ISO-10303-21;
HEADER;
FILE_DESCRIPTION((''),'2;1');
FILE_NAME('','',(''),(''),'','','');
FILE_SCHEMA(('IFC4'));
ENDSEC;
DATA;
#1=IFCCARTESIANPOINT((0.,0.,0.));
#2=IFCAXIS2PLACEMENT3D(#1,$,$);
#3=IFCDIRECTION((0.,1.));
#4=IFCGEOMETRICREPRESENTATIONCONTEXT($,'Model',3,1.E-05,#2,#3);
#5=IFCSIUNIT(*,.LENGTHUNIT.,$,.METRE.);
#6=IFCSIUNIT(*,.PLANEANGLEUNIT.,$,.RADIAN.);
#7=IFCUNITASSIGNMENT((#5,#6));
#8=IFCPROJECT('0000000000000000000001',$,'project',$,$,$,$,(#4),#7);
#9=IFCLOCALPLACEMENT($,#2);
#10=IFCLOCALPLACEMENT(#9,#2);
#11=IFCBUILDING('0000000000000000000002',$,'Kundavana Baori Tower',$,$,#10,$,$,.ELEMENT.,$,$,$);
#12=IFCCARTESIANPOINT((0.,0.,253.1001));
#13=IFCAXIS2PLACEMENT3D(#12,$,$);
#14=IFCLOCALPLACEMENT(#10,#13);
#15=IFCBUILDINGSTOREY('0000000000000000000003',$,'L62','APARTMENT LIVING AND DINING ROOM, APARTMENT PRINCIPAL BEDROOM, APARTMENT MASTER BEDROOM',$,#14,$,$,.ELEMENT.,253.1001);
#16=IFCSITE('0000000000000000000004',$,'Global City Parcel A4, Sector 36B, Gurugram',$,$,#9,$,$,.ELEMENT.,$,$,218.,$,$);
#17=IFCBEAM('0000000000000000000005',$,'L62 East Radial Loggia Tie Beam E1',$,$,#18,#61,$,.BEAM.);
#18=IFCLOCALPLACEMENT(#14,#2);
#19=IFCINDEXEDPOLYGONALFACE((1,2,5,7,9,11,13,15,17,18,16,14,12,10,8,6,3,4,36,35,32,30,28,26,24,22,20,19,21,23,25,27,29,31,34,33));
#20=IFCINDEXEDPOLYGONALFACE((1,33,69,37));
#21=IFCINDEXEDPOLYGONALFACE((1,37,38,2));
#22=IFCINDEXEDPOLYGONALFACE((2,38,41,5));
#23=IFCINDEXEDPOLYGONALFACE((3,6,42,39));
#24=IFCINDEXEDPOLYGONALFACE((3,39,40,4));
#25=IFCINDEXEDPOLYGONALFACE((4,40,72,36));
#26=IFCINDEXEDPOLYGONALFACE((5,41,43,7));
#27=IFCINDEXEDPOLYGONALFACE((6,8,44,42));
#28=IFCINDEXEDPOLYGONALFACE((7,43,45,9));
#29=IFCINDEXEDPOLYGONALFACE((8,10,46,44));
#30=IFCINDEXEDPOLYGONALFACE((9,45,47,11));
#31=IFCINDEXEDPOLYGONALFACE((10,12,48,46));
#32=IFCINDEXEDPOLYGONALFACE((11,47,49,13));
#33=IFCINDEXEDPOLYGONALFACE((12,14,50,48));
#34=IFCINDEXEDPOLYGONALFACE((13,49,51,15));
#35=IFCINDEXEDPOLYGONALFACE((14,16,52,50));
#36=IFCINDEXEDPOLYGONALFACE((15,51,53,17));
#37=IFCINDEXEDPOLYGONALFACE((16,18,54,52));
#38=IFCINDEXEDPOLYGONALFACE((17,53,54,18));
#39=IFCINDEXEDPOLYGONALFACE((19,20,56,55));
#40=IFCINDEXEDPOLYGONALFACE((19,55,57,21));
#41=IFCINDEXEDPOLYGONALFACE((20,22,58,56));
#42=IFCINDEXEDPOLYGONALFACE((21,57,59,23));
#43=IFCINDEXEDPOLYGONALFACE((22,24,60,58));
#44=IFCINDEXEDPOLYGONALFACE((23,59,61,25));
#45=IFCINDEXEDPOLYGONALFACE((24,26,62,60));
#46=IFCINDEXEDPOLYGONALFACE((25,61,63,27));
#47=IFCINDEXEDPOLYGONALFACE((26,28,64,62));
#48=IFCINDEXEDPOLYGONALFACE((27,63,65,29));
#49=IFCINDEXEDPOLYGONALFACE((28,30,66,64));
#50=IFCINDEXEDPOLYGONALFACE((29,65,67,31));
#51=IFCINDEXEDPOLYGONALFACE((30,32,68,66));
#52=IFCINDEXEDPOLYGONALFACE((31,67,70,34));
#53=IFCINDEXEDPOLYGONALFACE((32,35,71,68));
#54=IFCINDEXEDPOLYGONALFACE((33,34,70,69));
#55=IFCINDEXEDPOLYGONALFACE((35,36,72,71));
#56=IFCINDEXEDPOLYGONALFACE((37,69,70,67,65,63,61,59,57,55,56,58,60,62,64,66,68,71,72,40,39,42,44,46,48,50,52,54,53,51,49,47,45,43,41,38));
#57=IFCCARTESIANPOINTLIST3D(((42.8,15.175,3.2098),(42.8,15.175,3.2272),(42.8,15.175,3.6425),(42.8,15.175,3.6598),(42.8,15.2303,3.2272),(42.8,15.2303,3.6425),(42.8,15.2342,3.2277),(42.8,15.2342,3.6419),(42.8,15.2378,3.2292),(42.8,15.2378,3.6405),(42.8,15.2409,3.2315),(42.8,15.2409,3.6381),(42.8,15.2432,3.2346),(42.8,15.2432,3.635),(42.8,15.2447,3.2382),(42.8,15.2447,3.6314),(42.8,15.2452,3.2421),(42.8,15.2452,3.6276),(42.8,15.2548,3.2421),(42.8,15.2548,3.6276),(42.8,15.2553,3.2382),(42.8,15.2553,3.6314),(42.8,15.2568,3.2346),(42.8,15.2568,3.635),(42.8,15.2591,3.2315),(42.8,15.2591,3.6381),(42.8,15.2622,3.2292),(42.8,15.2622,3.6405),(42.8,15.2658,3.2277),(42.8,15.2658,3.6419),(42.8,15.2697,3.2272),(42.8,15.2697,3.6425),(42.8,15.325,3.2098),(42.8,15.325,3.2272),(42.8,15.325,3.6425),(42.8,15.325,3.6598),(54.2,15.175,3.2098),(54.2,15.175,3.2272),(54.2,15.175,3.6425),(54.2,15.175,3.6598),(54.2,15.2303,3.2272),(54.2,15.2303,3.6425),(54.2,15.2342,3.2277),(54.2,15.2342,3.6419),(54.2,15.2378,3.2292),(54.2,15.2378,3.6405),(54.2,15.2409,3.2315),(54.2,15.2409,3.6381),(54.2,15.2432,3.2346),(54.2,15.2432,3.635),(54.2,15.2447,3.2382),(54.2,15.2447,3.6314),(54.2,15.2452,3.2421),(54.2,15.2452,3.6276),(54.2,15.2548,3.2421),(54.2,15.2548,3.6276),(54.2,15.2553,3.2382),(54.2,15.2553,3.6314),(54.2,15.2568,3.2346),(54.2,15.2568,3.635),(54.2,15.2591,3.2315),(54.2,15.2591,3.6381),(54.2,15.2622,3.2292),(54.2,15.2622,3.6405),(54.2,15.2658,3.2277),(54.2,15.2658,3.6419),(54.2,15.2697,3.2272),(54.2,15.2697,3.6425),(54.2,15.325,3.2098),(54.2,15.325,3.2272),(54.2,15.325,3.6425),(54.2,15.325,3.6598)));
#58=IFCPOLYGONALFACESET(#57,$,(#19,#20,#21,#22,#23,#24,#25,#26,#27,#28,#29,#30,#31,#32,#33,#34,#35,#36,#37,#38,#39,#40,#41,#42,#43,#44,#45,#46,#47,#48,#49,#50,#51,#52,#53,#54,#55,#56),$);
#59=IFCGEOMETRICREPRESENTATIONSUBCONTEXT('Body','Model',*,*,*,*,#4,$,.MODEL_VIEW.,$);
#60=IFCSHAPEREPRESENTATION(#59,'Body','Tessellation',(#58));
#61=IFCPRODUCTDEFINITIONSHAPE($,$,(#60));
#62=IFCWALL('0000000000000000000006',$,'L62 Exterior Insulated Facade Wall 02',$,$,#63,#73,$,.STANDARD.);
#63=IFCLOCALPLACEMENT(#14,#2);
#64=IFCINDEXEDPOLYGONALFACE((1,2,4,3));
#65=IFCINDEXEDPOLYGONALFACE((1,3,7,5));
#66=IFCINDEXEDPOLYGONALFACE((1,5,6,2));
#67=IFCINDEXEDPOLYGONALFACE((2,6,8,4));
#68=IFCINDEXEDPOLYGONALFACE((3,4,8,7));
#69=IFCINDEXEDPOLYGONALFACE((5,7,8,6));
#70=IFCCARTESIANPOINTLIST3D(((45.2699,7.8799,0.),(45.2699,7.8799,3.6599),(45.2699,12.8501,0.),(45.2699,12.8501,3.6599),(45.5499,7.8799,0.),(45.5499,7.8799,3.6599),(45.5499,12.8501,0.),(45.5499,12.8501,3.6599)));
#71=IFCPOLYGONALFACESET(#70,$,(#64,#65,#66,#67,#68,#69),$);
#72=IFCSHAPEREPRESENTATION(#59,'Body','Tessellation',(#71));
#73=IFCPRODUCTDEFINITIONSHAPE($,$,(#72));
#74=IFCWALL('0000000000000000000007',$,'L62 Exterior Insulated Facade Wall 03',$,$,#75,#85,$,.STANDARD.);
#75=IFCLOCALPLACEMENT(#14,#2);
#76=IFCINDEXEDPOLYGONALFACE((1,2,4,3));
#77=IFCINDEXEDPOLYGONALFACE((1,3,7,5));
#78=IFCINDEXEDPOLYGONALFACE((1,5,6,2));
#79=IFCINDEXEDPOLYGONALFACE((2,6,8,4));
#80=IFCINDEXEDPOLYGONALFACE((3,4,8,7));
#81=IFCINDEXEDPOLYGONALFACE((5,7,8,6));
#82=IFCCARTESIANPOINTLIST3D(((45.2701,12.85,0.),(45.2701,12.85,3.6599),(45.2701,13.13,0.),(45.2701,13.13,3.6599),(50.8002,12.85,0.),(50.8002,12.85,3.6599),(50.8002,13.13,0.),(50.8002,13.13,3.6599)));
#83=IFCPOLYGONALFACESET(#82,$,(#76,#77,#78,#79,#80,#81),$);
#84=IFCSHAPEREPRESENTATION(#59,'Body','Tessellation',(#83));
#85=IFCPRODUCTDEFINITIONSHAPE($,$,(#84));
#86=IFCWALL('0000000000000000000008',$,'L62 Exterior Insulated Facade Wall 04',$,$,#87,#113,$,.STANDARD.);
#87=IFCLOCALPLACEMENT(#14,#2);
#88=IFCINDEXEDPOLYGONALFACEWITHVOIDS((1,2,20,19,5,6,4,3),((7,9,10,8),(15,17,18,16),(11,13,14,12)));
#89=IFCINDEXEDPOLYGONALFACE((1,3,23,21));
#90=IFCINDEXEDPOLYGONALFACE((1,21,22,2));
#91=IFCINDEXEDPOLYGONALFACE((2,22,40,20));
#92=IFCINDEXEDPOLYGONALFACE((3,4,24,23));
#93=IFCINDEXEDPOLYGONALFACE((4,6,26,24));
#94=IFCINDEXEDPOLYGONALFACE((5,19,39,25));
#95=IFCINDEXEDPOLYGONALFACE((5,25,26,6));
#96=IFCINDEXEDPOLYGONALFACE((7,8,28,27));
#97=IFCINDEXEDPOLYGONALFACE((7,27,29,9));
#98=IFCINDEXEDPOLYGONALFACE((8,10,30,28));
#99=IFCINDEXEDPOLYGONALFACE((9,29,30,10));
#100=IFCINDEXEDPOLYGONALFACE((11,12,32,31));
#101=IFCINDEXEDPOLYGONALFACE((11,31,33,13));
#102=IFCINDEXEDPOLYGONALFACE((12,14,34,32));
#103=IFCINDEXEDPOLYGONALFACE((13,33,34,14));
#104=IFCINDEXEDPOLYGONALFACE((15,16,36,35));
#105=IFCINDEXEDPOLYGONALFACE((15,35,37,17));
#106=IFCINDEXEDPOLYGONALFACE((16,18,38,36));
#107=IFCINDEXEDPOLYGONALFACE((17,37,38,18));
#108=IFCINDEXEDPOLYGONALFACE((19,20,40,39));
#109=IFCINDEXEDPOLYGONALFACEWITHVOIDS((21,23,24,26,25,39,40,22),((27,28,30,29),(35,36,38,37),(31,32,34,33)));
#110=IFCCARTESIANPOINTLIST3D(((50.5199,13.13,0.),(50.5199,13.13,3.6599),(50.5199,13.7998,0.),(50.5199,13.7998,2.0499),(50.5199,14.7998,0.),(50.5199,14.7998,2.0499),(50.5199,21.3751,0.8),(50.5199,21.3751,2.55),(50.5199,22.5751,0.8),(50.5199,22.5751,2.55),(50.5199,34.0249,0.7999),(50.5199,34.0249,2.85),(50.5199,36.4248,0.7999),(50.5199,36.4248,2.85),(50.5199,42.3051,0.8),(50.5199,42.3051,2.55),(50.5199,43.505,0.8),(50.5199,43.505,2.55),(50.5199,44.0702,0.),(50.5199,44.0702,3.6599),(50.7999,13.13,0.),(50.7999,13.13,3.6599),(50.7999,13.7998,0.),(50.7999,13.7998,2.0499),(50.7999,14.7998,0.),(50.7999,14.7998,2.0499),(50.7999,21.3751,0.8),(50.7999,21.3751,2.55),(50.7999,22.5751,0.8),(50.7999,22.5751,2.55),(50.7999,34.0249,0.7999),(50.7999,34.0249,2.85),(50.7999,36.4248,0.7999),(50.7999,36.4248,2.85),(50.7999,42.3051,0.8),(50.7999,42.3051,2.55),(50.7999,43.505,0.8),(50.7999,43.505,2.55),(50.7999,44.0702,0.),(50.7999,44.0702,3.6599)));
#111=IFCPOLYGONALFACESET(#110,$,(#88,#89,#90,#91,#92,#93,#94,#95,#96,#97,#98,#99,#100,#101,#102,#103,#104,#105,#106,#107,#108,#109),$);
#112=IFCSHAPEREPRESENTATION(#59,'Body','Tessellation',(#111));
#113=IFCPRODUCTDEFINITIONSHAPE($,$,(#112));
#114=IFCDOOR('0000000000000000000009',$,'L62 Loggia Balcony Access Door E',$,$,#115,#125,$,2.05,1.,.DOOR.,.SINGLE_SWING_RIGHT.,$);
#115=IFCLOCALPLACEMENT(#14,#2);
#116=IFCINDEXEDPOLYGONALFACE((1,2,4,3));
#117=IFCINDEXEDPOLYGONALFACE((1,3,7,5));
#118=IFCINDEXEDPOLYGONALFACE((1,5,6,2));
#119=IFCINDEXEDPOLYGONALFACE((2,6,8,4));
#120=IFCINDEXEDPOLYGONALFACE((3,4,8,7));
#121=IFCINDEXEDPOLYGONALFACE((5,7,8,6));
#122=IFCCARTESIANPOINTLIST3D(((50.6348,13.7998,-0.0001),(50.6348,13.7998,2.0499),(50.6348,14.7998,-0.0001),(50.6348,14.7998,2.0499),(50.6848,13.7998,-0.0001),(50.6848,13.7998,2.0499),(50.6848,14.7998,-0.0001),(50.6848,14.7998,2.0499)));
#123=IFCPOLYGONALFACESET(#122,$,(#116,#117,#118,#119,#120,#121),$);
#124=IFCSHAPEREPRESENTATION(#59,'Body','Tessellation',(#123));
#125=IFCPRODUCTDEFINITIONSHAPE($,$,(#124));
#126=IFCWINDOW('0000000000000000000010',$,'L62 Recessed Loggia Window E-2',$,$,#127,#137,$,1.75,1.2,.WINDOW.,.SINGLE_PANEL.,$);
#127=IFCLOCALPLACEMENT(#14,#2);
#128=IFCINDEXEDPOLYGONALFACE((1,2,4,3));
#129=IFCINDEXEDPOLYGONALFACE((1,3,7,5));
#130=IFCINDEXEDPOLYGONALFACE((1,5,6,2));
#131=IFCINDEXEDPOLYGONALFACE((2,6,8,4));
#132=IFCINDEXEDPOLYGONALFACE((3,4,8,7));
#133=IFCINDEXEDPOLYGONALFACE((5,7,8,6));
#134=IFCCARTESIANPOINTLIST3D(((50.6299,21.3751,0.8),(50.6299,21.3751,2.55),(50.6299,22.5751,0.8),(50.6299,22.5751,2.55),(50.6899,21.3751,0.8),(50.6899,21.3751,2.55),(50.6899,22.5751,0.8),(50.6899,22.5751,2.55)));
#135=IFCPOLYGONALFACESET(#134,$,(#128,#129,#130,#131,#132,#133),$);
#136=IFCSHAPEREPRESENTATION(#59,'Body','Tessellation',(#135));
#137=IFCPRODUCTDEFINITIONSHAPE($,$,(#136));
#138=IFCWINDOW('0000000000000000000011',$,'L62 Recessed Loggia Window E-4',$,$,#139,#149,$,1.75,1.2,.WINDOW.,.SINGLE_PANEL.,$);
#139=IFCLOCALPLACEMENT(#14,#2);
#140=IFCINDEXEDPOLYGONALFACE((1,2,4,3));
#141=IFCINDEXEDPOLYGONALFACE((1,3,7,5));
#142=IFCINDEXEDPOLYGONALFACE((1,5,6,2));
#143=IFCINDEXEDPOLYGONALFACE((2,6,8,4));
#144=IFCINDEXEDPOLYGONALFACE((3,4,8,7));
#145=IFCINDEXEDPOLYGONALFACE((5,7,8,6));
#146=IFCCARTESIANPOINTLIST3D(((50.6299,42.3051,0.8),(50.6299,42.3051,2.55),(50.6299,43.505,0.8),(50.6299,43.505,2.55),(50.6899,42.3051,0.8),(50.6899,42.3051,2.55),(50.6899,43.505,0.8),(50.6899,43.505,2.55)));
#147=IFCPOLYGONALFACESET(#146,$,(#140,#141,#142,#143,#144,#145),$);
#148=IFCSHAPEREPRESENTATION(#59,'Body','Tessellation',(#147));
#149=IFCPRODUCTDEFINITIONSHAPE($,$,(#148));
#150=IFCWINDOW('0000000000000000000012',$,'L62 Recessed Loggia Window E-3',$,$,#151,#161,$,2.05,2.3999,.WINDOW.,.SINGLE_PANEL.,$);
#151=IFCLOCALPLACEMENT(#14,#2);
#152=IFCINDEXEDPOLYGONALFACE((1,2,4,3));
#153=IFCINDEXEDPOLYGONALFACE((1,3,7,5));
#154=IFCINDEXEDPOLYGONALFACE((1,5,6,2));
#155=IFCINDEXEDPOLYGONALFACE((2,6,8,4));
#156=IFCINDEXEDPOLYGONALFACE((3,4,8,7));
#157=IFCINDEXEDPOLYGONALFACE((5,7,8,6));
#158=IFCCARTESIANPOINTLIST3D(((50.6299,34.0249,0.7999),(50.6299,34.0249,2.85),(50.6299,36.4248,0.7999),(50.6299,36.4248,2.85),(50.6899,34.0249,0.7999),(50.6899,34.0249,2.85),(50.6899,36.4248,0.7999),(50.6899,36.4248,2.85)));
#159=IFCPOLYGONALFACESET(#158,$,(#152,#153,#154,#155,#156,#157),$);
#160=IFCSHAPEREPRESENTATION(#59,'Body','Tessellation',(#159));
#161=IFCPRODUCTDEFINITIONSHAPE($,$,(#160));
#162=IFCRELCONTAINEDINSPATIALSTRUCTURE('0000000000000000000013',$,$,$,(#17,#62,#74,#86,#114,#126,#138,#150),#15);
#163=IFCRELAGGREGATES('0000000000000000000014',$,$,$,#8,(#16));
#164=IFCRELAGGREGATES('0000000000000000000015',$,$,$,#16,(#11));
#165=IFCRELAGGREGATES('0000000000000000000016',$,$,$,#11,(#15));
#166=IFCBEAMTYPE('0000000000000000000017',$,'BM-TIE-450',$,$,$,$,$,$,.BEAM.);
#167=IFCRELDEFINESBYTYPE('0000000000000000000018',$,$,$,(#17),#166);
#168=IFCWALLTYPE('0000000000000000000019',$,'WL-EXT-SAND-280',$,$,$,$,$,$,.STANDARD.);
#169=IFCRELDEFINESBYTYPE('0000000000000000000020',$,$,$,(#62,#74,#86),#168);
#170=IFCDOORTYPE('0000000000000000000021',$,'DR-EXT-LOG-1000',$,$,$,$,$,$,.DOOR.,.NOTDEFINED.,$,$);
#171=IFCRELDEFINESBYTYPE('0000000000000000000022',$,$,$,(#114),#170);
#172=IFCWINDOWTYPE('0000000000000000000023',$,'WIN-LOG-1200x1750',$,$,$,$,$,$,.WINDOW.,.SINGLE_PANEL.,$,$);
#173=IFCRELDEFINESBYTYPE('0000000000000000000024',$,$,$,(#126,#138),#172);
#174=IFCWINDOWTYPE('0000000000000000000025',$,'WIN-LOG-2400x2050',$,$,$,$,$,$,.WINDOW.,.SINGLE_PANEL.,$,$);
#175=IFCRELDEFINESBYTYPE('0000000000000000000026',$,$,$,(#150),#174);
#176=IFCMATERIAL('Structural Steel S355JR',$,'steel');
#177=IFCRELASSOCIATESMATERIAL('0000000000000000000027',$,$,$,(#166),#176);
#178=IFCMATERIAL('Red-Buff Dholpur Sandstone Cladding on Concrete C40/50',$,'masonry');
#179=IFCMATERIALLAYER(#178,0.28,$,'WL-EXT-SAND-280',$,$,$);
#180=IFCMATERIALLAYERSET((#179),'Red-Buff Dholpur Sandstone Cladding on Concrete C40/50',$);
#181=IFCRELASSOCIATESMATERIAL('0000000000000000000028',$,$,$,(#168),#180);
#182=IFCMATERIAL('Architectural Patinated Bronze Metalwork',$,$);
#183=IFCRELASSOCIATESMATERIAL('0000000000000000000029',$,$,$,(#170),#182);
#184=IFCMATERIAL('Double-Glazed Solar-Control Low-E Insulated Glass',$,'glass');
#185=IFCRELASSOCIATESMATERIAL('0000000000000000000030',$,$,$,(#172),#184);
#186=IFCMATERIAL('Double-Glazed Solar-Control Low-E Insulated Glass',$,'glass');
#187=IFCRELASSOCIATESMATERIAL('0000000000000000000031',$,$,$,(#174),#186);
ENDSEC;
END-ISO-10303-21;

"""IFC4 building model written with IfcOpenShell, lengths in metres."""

from ifc_helpers import new_model, si_unit, direction, frame, frame_2d, origin, origin_2d, place, context, subcontext, project, spatial, rectangle, i_section, extrude, material, layer, layer_set, material_profile, profile_set, type_object, element, fill, save


model = new_model("IFC4")

# Units and contexts
model_context = context("Model", 3, precision=1e-05, world=origin(), true_north=direction((0.0, 1.0)))
body_context = subcontext(model_context, "Body", "Model", "MODEL_VIEW")
ifc_project = project(units=[si_unit("LENGTHUNIT", "METRE"), si_unit("PLANEANGLEUNIT", "RADIAN")], contexts=[model_context])

# Site, building, storey
site_placement = place(None, origin())
site = spatial("IfcSite", under=ifc_project, at=site_placement, Name="Global City Parcel A4, Sector 36B, Gurugram", CompositionType="ELEMENT", RefElevation=218.0)
building_placement = place(site_placement, origin())
building = spatial("IfcBuilding", under=site, at=building_placement, Name="Kundavana Baori Tower", CompositionType="ELEMENT")
storey_placement = place(building_placement, frame((0.0, 0.0, 253.1001)))
storey = spatial("IfcBuildingStorey", under=building, at=storey_placement, Name="L62", Description="APARTMENT LIVING AND DINING ROOM, APARTMENT PRINCIPAL BEDROOM, APARTMENT MASTER BEDROOM", CompositionType="ELEMENT", Elevation=253.1001)

# Beam
ifc_material_1 = material(Name="Structural Steel S355JR", Category="steel")
ifc_material_profile_1 = material_profile(ifc_material_1, i_section(OverallWidth=0.1499, OverallDepth=0.45, WebThickness=0.0095, FlangeThickness=0.0173, FilletRadius=0.0149, at=origin_2d()), Name="ISMB 450")
ifc_profile_set_1 = profile_set([ifc_material_profile_1], Name="Structural Steel S355JR")
beam_type_1 = type_object("IfcBeamType", Name="BM-TIE-450", PredefinedType="BEAM", material=ifc_profile_set_1)
beam_1_placement = place(storey_placement, frame((42.8, 15.25, 3.4348), z_axis=(1.0, 0.0, 0.0), x_axis=(0.0, 1.0, 0.0)))
element("IfcBeam", 1, at=beam_1_placement, inside=storey, type_object=beam_type_1, Name="L62 East Radial Loggia Tie Beam E1", PredefinedType="BEAM", context=body_context, shape_type="SweptSolid", body=[
    extrude(i_section(OverallWidth=0.1499, OverallDepth=0.45, WebThickness=0.0095, FlangeThickness=0.0173, FilletRadius=0.0149, at=origin_2d()), origin(), (0.0, 0.0, 1.0), 11.3999),
])

# Walls
ifc_material_2 = material(Name="Red-Buff Dholpur Sandstone Cladding on Concrete C40/50", Category="masonry")
ifc_layer_1 = layer(ifc_material_2, 0.28, Name="WL-EXT-SAND-280")
ifc_layer_set_1 = layer_set([ifc_layer_1], Name="Red-Buff Dholpur Sandstone Cladding on Concrete C40/50")
wall_type_1 = type_object("IfcWallType", Name="WL-EXT-SAND-280", PredefinedType="STANDARD", material=ifc_layer_set_1)
wall_1_placement = place(storey_placement, frame((45.4099, 7.8799, 0.0), z_axis=(0.0, 0.0, 1.0), x_axis=(0.0, 1.0, 0.0)))
element("IfcWall", 2, at=wall_1_placement, inside=storey, type_object=wall_type_1, Name="L62 Exterior Insulated Facade Wall 02", PredefinedType="STANDARD", context=body_context, shape_type="SweptSolid", body=[
    extrude(rectangle(XDim=4.9702, YDim=0.28, at=frame_2d((2.4851, 0.0))), origin(), (0.0, 0.0, 1.0), 3.6599),
])
wall_2_placement = place(storey_placement, frame((45.27, 12.99, 0.0), z_axis=(0.0, 0.0, 1.0), x_axis=(1.0, 0.0, 0.0)))
element("IfcWall", 3, at=wall_2_placement, inside=storey, type_object=wall_type_1, Name="L62 Exterior Insulated Facade Wall 03", PredefinedType="STANDARD", context=body_context, shape_type="SweptSolid", body=[
    extrude(rectangle(XDim=5.53, YDim=0.28, at=frame_2d((2.7651, 0.0))), origin(), (0.0, 0.0, 1.0), 3.6599),
])

# Wall, openings, door, windows
wall_3_placement = place(storey_placement, frame((50.6599, 13.1299, 0.0), z_axis=(0.0, 0.0, 1.0), x_axis=(0.0, 1.0, 0.0)))
wall_3 = element("IfcWall", 4, at=wall_3_placement, inside=storey, type_object=wall_type_1, Name="L62 Exterior Insulated Facade Wall 04", PredefinedType="STANDARD", context=body_context, shape_type="SweptSolid", body=[
    extrude(rectangle(XDim=30.9402, YDim=0.28, at=frame_2d((15.4702, 0.0))), origin(), (0.0, 0.0, 1.0), 3.6599),
])
opening_1_placement = place(wall_3_placement, frame((0.6699, 0.0, 0.0)))
opening_1 = element("IfcOpeningElement", 5, at=opening_1_placement, cuts=wall_3, PredefinedType="OPENING", context=body_context, shape_type="SweptSolid", body=[
    extrude(rectangle(XDim=1.0, YDim=2.05, at=frame_2d((0.5, 1.0249))), frame((0.0, 0.1499, 0.0), z_axis=(0.0, -1.0, 0.0), x_axis=(1.0, 0.0, 0.0)), (0.0, 0.0, 1.0), 0.3),
])
opening_2_placement = place(wall_3_placement, frame((8.2451, 0.0, 0.8)))
opening_2 = element("IfcOpeningElement", 6, at=opening_2_placement, cuts=wall_3, PredefinedType="OPENING", context=body_context, shape_type="SweptSolid", body=[
    extrude(rectangle(XDim=1.2, YDim=1.75, at=frame_2d((0.6001, 0.875))), frame((0.0, 0.1499, 0.0), z_axis=(0.0, -1.0, 0.0), x_axis=(1.0, 0.0, 0.0)), (0.0, 0.0, 1.0), 0.3),
])
opening_3_placement = place(wall_3_placement, frame((20.895, 0.0, 0.8)))
opening_3 = element("IfcOpeningElement", 7, at=opening_3_placement, cuts=wall_3, PredefinedType="OPENING", context=body_context, shape_type="SweptSolid", body=[
    extrude(rectangle(XDim=2.3999, YDim=2.05, at=frame_2d((1.2, 1.0249))), frame((0.0, 0.1499, 0.0), z_axis=(0.0, -1.0, 0.0), x_axis=(1.0, 0.0, 0.0)), (0.0, 0.0, 1.0), 0.3),
])
opening_4_placement = place(wall_3_placement, frame((29.175, 0.0, 0.8)))
opening_4 = element("IfcOpeningElement", 8, at=opening_4_placement, cuts=wall_3, PredefinedType="OPENING", context=body_context, shape_type="SweptSolid", body=[
    extrude(rectangle(XDim=1.2, YDim=1.75, at=frame_2d((0.6001, 0.875))), frame((0.0, 0.1499, 0.0), z_axis=(0.0, -1.0, 0.0), x_axis=(1.0, 0.0, 0.0)), (0.0, 0.0, 1.0), 0.3),
])
ifc_material_3 = material(Name="Architectural Patinated Bronze Metalwork")
door_type_1 = type_object("IfcDoorType", Name="DR-EXT-LOG-1000", OperationType="NOTDEFINED", PredefinedType="DOOR", material=ifc_material_3)
door_1_placement = place(opening_1_placement, frame((1.0, 0.0, 0.0), z_axis=(0.0, 0.0, 1.0), x_axis=(-1.0, 0.0, 0.0)))
door_1 = element("IfcDoor", 9, at=door_1_placement, inside=storey, type_object=door_type_1, Name="L62 Loggia Balcony Access Door E", OperationType="SINGLE_SWING_RIGHT", OverallHeight=2.05, OverallWidth=1.0, PredefinedType="DOOR", context=body_context, shape_type="SweptSolid", body=[
    extrude(rectangle(XDim=1.0, YDim=2.05, at=frame_2d((0.5, 1.0249))), frame((0.0, 0.0249, 0.0), z_axis=(0.0, -1.0, 0.0), x_axis=(1.0, 0.0, 0.0)), (0.0, 0.0, 1.0), 0.05),
])
fill(opening_1, door_1)
ifc_material_4 = material(Name="Double-Glazed Solar-Control Low-E Insulated Glass", Category="glass")
window_type_1 = type_object("IfcWindowType", Name="WIN-LOG-1200x1750", PartitioningType="SINGLE_PANEL", PredefinedType="WINDOW", material=ifc_material_4)
window_1_placement = place(opening_2_placement, origin())
window_1 = element("IfcWindow", 10, at=window_1_placement, inside=storey, type_object=window_type_1, Name="L62 Recessed Loggia Window E-2", OverallHeight=1.75, OverallWidth=1.2, PartitioningType="SINGLE_PANEL", PredefinedType="WINDOW", context=body_context, shape_type="SweptSolid", body=[
    extrude(rectangle(XDim=1.2, YDim=1.75, at=frame_2d((0.6001, 0.875))), frame((0.0, 0.03, 0.0), z_axis=(0.0, -1.0, 0.0), x_axis=(1.0, 0.0, 0.0)), (0.0, 0.0, 1.0), 0.0601),
])
fill(opening_2, window_1)
window_2_placement = place(opening_4_placement, origin())
window_2 = element("IfcWindow", 11, at=window_2_placement, inside=storey, type_object=window_type_1, Name="L62 Recessed Loggia Window E-4", OverallHeight=1.75, OverallWidth=1.2, PartitioningType="SINGLE_PANEL", PredefinedType="WINDOW", context=body_context, shape_type="SweptSolid", body=[
    extrude(rectangle(XDim=1.2, YDim=1.75, at=frame_2d((0.6001, 0.875))), frame((0.0, 0.03, 0.0), z_axis=(0.0, -1.0, 0.0), x_axis=(1.0, 0.0, 0.0)), (0.0, 0.0, 1.0), 0.0601),
])
fill(opening_4, window_2)
ifc_material_5 = material(Name="Double-Glazed Solar-Control Low-E Insulated Glass", Category="glass")
window_type_2 = type_object("IfcWindowType", Name="WIN-LOG-2400x2050", PartitioningType="SINGLE_PANEL", PredefinedType="WINDOW", material=ifc_material_5)
window_3_placement = place(opening_3_placement, origin())
window_3 = element("IfcWindow", 12, at=window_3_placement, inside=storey, type_object=window_type_2, Name="L62 Recessed Loggia Window E-3", OverallHeight=2.05, OverallWidth=2.3999, PartitioningType="SINGLE_PANEL", PredefinedType="WINDOW", context=body_context, shape_type="SweptSolid", body=[
    extrude(rectangle(XDim=2.3999, YDim=2.05, at=frame_2d((1.2, 1.0249))), frame((0.0, 0.03, 0.0), z_axis=(0.0, -1.0, 0.0), x_axis=(1.0, 0.0, 0.0)), (0.0, 0.0, 1.0), 0.0601),
])
fill(opening_3, window_3)

save(model, "model.ifc")
